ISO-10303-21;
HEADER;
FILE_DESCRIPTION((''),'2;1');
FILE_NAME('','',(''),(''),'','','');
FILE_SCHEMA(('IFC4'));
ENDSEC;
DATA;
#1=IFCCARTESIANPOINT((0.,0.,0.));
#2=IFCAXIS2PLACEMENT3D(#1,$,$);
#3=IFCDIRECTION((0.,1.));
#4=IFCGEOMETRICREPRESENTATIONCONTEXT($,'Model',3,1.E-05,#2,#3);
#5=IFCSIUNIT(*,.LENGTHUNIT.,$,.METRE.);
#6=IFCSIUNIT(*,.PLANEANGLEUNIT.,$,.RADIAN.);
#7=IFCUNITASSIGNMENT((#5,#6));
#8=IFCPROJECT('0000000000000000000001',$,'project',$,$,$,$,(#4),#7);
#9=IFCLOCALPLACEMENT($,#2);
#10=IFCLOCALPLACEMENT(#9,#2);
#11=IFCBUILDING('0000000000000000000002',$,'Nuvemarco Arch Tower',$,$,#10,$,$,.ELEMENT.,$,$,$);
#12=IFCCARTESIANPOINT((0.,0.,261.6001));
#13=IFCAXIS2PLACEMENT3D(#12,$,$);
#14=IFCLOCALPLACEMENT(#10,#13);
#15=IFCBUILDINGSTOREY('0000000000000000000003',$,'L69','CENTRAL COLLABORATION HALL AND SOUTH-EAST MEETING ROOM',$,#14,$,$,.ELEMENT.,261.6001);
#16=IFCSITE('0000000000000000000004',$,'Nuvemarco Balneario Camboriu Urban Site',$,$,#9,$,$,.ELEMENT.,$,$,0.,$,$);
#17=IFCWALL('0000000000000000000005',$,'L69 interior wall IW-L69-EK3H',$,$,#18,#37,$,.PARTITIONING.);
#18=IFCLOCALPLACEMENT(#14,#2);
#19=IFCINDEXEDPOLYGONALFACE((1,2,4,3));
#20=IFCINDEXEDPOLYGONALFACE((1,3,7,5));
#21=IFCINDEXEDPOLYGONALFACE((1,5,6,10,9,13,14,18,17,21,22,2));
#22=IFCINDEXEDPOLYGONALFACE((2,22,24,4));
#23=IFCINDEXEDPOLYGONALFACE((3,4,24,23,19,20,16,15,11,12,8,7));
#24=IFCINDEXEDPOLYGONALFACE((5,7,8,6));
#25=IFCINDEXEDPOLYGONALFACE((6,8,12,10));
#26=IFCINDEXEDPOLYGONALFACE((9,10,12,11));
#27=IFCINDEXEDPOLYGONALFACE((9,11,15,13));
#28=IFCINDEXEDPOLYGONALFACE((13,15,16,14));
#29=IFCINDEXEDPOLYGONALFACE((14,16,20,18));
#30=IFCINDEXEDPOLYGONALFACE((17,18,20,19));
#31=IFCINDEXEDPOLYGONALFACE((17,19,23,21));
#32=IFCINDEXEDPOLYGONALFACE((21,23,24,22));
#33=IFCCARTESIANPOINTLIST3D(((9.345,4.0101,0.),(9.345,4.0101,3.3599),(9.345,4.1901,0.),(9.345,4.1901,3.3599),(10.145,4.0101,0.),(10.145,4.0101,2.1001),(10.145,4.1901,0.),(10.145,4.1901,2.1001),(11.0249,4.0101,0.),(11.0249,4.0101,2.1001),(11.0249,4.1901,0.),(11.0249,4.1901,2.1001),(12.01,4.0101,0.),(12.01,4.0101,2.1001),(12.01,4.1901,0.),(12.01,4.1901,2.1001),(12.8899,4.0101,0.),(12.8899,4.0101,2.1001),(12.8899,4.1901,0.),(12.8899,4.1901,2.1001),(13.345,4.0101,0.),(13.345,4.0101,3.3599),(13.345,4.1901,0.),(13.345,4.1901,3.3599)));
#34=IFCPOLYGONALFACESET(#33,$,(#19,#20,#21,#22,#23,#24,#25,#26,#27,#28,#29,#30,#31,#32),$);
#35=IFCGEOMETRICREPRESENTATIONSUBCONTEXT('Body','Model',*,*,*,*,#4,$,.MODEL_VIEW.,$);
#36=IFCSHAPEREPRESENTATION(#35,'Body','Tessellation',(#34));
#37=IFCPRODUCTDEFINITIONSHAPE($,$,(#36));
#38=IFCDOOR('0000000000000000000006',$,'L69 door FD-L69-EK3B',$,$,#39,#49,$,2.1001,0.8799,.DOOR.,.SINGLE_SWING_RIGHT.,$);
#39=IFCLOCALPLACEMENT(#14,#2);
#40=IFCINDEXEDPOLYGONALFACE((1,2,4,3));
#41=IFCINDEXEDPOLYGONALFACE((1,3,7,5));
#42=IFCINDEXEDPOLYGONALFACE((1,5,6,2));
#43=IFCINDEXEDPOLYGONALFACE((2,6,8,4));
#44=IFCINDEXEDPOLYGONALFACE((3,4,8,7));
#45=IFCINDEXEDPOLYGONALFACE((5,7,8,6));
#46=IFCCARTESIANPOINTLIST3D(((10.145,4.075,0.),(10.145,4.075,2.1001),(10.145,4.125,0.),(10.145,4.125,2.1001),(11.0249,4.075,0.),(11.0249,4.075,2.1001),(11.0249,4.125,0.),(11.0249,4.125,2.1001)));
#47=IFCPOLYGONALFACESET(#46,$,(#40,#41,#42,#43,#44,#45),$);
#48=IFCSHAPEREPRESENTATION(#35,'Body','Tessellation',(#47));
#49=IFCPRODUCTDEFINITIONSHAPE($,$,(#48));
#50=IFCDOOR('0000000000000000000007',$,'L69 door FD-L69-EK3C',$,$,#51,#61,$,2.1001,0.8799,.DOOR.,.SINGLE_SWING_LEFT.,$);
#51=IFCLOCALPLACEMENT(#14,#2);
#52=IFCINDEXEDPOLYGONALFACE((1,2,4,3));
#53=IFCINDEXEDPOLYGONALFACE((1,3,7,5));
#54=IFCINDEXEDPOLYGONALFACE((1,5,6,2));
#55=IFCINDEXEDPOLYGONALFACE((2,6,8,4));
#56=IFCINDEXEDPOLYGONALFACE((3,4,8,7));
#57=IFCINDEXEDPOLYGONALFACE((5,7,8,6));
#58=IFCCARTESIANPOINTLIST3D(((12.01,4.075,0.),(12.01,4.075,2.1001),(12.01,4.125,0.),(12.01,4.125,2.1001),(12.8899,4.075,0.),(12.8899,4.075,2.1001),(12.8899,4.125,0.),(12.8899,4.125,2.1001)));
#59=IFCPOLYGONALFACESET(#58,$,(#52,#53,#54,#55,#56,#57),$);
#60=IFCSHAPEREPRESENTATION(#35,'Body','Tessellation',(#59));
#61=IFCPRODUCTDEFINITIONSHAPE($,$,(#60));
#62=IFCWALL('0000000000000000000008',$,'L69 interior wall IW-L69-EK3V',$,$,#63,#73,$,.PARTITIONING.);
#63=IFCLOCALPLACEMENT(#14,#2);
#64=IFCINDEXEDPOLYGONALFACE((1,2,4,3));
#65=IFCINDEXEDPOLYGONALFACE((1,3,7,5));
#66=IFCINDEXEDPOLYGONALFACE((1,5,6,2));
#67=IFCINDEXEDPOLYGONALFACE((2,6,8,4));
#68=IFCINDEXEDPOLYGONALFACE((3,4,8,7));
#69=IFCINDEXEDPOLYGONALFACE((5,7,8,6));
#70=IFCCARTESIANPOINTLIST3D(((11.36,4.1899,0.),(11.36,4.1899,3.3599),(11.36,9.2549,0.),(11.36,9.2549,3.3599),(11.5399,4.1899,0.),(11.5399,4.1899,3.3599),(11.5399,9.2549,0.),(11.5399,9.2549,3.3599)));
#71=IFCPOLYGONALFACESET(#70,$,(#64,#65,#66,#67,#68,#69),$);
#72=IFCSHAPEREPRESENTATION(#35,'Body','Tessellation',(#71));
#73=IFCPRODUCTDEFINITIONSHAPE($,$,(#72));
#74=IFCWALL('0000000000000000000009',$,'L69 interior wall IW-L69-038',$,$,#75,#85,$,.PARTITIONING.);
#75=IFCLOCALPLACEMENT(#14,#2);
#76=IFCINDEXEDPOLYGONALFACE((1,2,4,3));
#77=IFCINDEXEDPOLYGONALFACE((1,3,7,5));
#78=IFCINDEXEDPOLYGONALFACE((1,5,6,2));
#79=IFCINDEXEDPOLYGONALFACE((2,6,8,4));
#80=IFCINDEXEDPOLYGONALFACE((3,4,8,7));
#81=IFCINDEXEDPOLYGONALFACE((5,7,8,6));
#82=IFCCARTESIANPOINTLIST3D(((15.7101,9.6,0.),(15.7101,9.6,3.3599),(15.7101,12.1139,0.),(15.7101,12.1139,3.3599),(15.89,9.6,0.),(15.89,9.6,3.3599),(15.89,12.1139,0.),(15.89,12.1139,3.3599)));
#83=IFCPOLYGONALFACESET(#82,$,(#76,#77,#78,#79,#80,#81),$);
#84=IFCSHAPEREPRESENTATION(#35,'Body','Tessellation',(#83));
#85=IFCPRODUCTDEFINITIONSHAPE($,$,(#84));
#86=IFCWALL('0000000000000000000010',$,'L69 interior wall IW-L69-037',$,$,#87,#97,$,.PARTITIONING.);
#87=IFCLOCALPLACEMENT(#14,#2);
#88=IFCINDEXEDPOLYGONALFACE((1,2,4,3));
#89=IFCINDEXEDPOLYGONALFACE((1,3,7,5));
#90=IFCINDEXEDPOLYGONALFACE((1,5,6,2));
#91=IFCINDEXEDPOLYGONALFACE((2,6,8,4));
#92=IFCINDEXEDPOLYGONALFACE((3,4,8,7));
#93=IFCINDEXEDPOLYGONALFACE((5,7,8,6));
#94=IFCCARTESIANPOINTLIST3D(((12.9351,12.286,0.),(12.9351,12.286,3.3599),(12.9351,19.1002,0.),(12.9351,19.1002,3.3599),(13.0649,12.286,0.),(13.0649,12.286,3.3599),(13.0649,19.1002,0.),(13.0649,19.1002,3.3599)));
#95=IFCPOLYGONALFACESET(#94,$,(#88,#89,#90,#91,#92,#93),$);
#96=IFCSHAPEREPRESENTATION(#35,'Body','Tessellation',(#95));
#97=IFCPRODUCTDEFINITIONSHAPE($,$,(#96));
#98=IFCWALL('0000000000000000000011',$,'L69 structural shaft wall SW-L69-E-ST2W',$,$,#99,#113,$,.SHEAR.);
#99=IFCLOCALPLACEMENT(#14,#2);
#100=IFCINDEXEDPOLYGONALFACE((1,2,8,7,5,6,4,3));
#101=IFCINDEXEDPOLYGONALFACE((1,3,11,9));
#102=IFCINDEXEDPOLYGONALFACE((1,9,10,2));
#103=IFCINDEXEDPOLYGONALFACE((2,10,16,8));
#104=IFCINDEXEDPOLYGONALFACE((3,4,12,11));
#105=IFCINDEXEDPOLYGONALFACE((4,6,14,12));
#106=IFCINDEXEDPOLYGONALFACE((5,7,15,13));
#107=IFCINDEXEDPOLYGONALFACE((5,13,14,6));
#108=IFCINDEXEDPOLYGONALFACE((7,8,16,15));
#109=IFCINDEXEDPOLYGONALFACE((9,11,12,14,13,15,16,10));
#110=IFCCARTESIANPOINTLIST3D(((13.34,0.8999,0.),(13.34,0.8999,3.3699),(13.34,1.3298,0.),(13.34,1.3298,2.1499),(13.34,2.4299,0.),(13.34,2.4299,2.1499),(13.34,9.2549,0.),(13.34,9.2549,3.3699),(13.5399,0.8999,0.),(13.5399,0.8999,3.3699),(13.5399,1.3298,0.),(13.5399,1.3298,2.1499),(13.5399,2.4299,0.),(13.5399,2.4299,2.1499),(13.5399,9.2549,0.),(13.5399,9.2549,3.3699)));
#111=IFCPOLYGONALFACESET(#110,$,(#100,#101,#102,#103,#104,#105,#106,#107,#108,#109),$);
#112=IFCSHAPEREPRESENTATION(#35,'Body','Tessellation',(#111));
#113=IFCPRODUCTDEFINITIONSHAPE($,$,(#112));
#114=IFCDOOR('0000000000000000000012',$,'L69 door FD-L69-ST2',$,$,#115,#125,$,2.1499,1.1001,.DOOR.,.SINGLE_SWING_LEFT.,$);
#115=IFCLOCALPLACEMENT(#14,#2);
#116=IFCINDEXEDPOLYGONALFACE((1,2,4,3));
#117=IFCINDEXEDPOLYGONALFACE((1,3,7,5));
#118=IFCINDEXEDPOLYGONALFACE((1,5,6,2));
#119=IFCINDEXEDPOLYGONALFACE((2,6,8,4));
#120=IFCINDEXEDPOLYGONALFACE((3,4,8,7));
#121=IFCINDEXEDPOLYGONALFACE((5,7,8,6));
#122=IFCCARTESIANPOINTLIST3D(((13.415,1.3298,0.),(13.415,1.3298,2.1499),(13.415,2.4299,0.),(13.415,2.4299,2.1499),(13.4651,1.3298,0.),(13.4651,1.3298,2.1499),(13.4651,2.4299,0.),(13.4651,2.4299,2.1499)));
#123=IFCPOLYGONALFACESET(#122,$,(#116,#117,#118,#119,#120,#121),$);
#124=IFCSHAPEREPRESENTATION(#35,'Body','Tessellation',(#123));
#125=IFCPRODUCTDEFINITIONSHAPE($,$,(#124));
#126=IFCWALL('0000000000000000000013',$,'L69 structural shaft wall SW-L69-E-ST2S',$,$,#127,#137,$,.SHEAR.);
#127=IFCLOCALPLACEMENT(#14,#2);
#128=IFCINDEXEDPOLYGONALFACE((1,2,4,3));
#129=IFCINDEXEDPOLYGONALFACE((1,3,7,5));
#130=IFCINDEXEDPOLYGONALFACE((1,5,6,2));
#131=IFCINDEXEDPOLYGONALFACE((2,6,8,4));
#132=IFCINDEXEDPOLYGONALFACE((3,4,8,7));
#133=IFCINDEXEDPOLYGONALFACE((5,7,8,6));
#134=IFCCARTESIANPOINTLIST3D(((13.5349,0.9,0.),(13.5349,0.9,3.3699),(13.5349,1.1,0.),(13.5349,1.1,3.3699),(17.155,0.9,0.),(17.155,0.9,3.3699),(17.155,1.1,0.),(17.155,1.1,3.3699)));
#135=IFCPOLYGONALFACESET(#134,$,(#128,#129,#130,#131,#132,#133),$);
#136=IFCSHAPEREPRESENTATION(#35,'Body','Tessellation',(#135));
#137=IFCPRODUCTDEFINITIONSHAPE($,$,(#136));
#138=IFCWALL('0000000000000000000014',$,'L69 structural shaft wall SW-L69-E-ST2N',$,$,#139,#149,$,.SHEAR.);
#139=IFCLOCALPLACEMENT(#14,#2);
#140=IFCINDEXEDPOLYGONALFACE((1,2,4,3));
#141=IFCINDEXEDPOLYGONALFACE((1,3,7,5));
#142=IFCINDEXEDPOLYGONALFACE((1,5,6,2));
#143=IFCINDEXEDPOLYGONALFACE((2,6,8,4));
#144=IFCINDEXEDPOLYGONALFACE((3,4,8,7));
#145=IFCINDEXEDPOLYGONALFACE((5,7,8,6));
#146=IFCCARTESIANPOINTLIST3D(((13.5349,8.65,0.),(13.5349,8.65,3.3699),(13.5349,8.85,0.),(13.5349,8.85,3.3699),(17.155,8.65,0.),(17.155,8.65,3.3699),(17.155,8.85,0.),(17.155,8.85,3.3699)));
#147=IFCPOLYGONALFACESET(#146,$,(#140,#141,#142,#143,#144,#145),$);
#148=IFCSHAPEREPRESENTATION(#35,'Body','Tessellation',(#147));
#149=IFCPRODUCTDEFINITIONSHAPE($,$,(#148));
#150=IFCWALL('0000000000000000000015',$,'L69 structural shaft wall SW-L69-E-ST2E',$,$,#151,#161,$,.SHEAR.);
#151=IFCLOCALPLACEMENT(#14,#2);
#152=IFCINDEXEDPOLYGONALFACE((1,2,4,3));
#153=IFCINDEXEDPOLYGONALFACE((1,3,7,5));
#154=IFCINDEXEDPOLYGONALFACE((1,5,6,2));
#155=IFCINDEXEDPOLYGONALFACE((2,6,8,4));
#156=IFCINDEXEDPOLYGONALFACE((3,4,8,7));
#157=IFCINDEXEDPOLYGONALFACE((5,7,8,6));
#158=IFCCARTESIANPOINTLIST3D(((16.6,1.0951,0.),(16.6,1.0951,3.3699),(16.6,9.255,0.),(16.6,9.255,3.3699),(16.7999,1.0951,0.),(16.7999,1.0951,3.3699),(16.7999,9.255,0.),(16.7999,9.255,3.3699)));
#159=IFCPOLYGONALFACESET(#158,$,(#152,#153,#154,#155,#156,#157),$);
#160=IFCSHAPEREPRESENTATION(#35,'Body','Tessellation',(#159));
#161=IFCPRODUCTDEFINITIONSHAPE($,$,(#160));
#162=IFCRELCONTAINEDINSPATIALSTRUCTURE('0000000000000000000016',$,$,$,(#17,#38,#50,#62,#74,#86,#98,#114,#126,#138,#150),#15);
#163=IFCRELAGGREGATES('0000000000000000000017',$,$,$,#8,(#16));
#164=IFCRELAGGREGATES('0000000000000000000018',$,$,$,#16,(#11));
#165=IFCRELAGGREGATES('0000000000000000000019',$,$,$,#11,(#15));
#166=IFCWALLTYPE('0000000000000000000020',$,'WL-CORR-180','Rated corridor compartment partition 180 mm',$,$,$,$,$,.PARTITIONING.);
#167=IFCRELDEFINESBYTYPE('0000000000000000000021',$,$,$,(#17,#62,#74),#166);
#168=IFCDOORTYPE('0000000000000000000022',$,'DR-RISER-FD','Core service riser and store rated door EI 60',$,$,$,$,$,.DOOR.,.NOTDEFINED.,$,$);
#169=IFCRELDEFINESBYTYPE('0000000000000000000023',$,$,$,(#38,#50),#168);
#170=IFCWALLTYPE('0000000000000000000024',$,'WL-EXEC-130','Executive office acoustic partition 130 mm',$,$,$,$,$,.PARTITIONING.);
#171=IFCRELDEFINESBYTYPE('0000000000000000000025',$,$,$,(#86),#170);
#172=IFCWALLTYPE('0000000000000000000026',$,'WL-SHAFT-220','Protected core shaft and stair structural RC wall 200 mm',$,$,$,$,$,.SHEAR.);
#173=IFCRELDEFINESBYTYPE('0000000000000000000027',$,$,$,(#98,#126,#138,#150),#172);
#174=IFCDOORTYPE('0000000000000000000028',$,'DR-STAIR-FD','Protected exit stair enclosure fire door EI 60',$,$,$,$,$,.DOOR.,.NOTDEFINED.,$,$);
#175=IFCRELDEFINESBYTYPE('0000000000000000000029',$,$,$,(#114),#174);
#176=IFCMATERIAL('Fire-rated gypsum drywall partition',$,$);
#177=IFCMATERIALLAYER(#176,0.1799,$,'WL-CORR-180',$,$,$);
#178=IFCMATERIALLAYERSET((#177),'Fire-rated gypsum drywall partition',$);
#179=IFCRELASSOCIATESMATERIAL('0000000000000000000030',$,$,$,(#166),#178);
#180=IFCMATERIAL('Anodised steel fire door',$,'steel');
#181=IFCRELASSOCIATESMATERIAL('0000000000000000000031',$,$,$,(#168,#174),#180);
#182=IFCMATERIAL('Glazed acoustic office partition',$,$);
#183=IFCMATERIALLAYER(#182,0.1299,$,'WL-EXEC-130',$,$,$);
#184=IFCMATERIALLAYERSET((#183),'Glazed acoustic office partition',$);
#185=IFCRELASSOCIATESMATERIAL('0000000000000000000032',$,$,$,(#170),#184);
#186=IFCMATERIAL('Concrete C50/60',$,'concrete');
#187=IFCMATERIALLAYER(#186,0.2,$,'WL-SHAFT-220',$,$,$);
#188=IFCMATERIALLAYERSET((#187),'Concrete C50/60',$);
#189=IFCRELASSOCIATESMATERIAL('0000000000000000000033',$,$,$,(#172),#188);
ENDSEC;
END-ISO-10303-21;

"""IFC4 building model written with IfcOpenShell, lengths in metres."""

from ifc_helpers import new_model, si_unit, direction, frame, frame_2d, origin, place, context, subcontext, project, spatial, rectangle, extrude, source, transform, mapped, material, layer, layer_set, type_object, type_shapes, element, fill, save


model = new_model("IFC4")

# Units and contexts
model_context = context("Model", 3, precision=1e-05, world=origin(), true_north=direction((0.0, 1.0)))
body_context = subcontext(model_context, "Body", "Model", "MODEL_VIEW")
ifc_project = project(units=[si_unit("LENGTHUNIT", "METRE"), si_unit("PLANEANGLEUNIT", "RADIAN")], contexts=[model_context])

# Site, building, storey
site_placement = place(None, origin())
site = spatial("IfcSite", under=ifc_project, at=site_placement, Name="Nuvemarco Balneario Camboriu Urban Site", CompositionType="ELEMENT", RefElevation=0.0)
building_placement = place(site_placement, origin())
building = spatial("IfcBuilding", under=site, at=building_placement, Name="Nuvemarco Arch Tower", CompositionType="ELEMENT")
storey_placement = place(building_placement, frame((0.0, 0.0, 261.6001)))
storey = spatial("IfcBuildingStorey", under=building, at=storey_placement, Name="L69", Description="CENTRAL COLLABORATION HALL AND SOUTH-EAST MEETING ROOM", CompositionType="ELEMENT", Elevation=261.6001)

# Shared definitions
ifc_material_1 = material(Name="Concrete C50/60", Category="concrete")

# Wall, openings, doors
ifc_material_2 = material(Name="Fire-rated gypsum drywall partition")
ifc_layer_1 = layer(ifc_material_2, 0.1799, Name="WL-CORR-180")
ifc_layer_set_1 = layer_set([ifc_layer_1], Name="Fire-rated gypsum drywall partition")
wall_type_1 = type_object("IfcWallType", Name="WL-CORR-180", Description="Rated corridor compartment partition 180 mm", PredefinedType="PARTITIONING", material=ifc_layer_set_1)
wall_1_placement = place(storey_placement, frame((9.345, 4.1001, 0.0), z_axis=(0.0, 0.0, 1.0), x_axis=(1.0, 0.0, 0.0)))
wall_1 = element("IfcWall", 1, at=wall_1_placement, inside=storey, type_object=wall_type_1, Name="L69 interior wall IW-L69-EK3H", PredefinedType="PARTITIONING", context=body_context, shape_type="SweptSolid", body=[
    extrude(rectangle(XDim=4.0, YDim=0.1799, at=frame_2d((2.0, 0.0))), origin(), (0.0, 0.0, 1.0), 3.3599),
])
opening_1_placement = place(wall_1_placement, frame((0.8, 0.0, 0.0)))
opening_1 = element("IfcOpeningElement", 2, at=opening_1_placement, cuts=wall_1, PredefinedType="OPENING", context=body_context, shape_type="SweptSolid", body=[
    extrude(rectangle(XDim=0.8799, YDim=2.1001, at=frame_2d((0.4399, 1.05))), frame((0.0, 0.0999, 0.0), z_axis=(0.0, -1.0, 0.0), x_axis=(1.0, 0.0, 0.0)), (0.0, 0.0, 1.0), 0.2),
])
opening_2_placement = place(wall_1_placement, frame((2.665, 0.0, 0.0)))
opening_2 = element("IfcOpeningElement", 3, at=opening_2_placement, cuts=wall_1, PredefinedType="OPENING", context=body_context, shape_type="SweptSolid", body=[
    extrude(rectangle(XDim=0.8799, YDim=2.1001, at=frame_2d((0.4399, 1.05))), frame((0.0, 0.0999, 0.0), z_axis=(0.0, -1.0, 0.0), x_axis=(1.0, 0.0, 0.0)), (0.0, 0.0, 1.0), 0.2),
])
ifc_material_3 = material(Name="Anodised steel fire door", Category="steel")
door_type_1 = type_object("IfcDoorType", Name="DR-RISER-FD", Description="Core service riser and store rated door EI 60", OperationType="NOTDEFINED", PredefinedType="DOOR", material=ifc_material_3)
shared_shape_1 = source(origin(), body_context, "Body", "SweptSolid", [
    extrude(rectangle(XDim=0.8799, YDim=2.1001, at=frame_2d((0.4399, 1.05))), frame((0.0, 0.0249, 0.0), z_axis=(0.0, -1.0, 0.0), x_axis=(1.0, 0.0, 0.0)), (0.0, 0.0, 1.0), 0.05),
])
type_shapes(door_type_1, [shared_shape_1])
door_1_placement = place(opening_1_placement, origin())
door_1 = element("IfcDoor", 4, at=door_1_placement, inside=storey, type_object=door_type_1, Name="L69 door FD-L69-EK3B", OperationType="SINGLE_SWING_RIGHT", OverallHeight=2.1001, OverallWidth=0.8799, PredefinedType="DOOR", context=body_context, shape_type="MappedRepresentation", body=[
    mapped(shared_shape_1, transform((0.0, 0.0, 0.0), scale=1.0)),
])
fill(opening_1, door_1)
door_2_placement = place(opening_2_placement, origin())
door_2 = element("IfcDoor", 5, at=door_2_placement, inside=storey, type_object=door_type_1, Name="L69 door FD-L69-EK3C", OperationType="SINGLE_SWING_LEFT", OverallHeight=2.1001, OverallWidth=0.8799, PredefinedType="DOOR", context=body_context, shape_type="MappedRepresentation", body=[
    mapped(shared_shape_1, transform((0.0, 0.0, 0.0), scale=1.0)),
])
fill(opening_2, door_2)

# Walls
wall_2_placement = place(storey_placement, frame((11.45, 4.1899, 0.0), z_axis=(0.0, 0.0, 1.0), x_axis=(0.0, 1.0, 0.0)))
element("IfcWall", 6, at=wall_2_placement, inside=storey, type_object=wall_type_1, Name="L69 interior wall IW-L69-EK3V", PredefinedType="PARTITIONING", context=body_context, shape_type="SweptSolid", body=[
    extrude(rectangle(XDim=5.0649, YDim=0.1799, at=frame_2d((2.5325, 0.0))), origin(), (0.0, 0.0, 1.0), 3.3599),
])
wall_3_placement = place(storey_placement, frame((15.8, 9.6001, 0.0), z_axis=(0.0, 0.0, 1.0), x_axis=(0.0, 1.0, 0.0)))
element("IfcWall", 7, at=wall_3_placement, inside=storey, type_object=wall_type_1, Name="L69 interior wall IW-L69-038", PredefinedType="PARTITIONING", context=body_context, shape_type="SweptSolid", body=[
    extrude(rectangle(XDim=2.5139, YDim=0.1799, at=frame_2d((1.2568, 0.0))), origin(), (0.0, 0.0, 1.0), 3.3599),
])
ifc_material_4 = material(Name="Glazed acoustic office partition")
ifc_layer_2 = layer(ifc_material_4, 0.1299, Name="WL-EXEC-130")
ifc_layer_set_2 = layer_set([ifc_layer_2], Name="Glazed acoustic office partition")
wall_type_2 = type_object("IfcWallType", Name="WL-EXEC-130", Description="Executive office acoustic partition 130 mm", PredefinedType="PARTITIONING", material=ifc_layer_set_2)
wall_4_placement = place(storey_placement, frame((13.0, 12.2859, 0.0), z_axis=(0.0, 0.0, 1.0), x_axis=(0.0, 1.0, 0.0)))
element("IfcWall", 8, at=wall_4_placement, inside=storey, type_object=wall_type_2, Name="L69 interior wall IW-L69-037", PredefinedType="PARTITIONING", context=body_context, shape_type="SweptSolid", body=[
    extrude(rectangle(XDim=6.8142, YDim=0.1299, at=frame_2d((3.4072, 0.0))), origin(), (0.0, 0.0, 1.0), 3.3599),
])

# Wall, opening, door
ifc_layer_3 = layer(ifc_material_1, 0.2, Name="WL-SHAFT-220")
ifc_layer_set_3 = layer_set([ifc_layer_3], Name="Concrete C50/60")
wall_type_3 = type_object("IfcWallType", Name="WL-SHAFT-220", Description="Protected core shaft and stair structural RC wall 200 mm", PredefinedType="SHEAR", material=ifc_layer_set_3)
wall_5_placement = place(storey_placement, frame((13.4399, 0.8999, 0.0), z_axis=(0.0, 0.0, 1.0), x_axis=(0.0, 1.0, 0.0)))
wall_5 = element("IfcWall", 9, at=wall_5_placement, inside=storey, type_object=wall_type_3, Name="L69 structural shaft wall SW-L69-E-ST2W", PredefinedType="SHEAR", context=body_context, shape_type="SweptSolid", body=[
    extrude(rectangle(XDim=8.355, YDim=0.2, at=frame_2d((4.1775, 0.0))), origin(), (0.0, 0.0, 1.0), 3.3699),
])
opening_3_placement = place(wall_5_placement, frame((0.4299, 0.0, 0.0)))
opening_3 = element("IfcOpeningElement", 10, at=opening_3_placement, cuts=wall_5, PredefinedType="OPENING", context=body_context, shape_type="SweptSolid", body=[
    extrude(rectangle(XDim=1.1001, YDim=2.1499, at=frame_2d((0.55, 1.075))), frame((0.0, 0.1099, 0.0), z_axis=(0.0, -1.0, 0.0), x_axis=(1.0, 0.0, 0.0)), (0.0, 0.0, 1.0), 0.22),
])
door_type_2 = type_object("IfcDoorType", Name="DR-STAIR-FD", Description="Protected exit stair enclosure fire door EI 60", OperationType="NOTDEFINED", PredefinedType="DOOR", material=ifc_material_3)
shared_shape_2 = source(origin(), body_context, "Body", "SweptSolid", [
    extrude(rectangle(XDim=1.1001, YDim=2.1499, at=frame_2d((0.55, 1.075))), frame((0.0, 0.0249, 0.0), z_axis=(0.0, -1.0, 0.0), x_axis=(1.0, 0.0, 0.0)), (0.0, 0.0, 1.0), 0.05),
])
type_shapes(door_type_2, [shared_shape_2])
door_3_placement = place(opening_3_placement, origin())
door_3 = element("IfcDoor", 11, at=door_3_placement, inside=storey, type_object=door_type_2, Name="L69 door FD-L69-ST2", OperationType="SINGLE_SWING_LEFT", OverallHeight=2.1499, OverallWidth=1.1001, PredefinedType="DOOR", context=body_context, shape_type="MappedRepresentation", body=[
    mapped(shared_shape_2, transform((0.0, 0.0, 0.0), scale=1.0)),
])
fill(opening_3, door_3)

# Walls
for number, where, z_axis, x_axis, name in (
    (12, (13.5349, 1.0, 0.0), (0.0, 0.0, 1.0), (1.0, 0.0, 0.0), "L69 structural shaft wall SW-L69-E-ST2S"),
    (13, (13.5349, 8.75, 0.0), (0.0, 0.0, 1.0), (1.0, 0.0, 0.0), "L69 structural shaft wall SW-L69-E-ST2N"),
):
    element("IfcWall", number, at=place(storey_placement, frame(where, z_axis=z_axis, x_axis=x_axis)), inside=storey, type_object=wall_type_3, Name=name, PredefinedType="SHEAR", context=body_context, shape_type="SweptSolid", body=[
        extrude(rectangle(XDim=3.6201, YDim=0.2, at=frame_2d((1.8101, 0.0))), origin(), (0.0, 0.0, 1.0), 3.3699),
    ])
wall_6_placement = place(storey_placement, frame((16.7, 1.095, 0.0), z_axis=(0.0, 0.0, 1.0), x_axis=(0.0, 1.0, 0.0)))
element("IfcWall", 14, at=wall_6_placement, inside=storey, type_object=wall_type_3, Name="L69 structural shaft wall SW-L69-E-ST2E", PredefinedType="SHEAR", context=body_context, shape_type="SweptSolid", body=[
    extrude(rectangle(XDim=8.1599, YDim=0.2, at=frame_2d((4.0801, 0.0))), origin(), (0.0, 0.0, 1.0), 3.3699),
])

save(model, "model.ifc")
